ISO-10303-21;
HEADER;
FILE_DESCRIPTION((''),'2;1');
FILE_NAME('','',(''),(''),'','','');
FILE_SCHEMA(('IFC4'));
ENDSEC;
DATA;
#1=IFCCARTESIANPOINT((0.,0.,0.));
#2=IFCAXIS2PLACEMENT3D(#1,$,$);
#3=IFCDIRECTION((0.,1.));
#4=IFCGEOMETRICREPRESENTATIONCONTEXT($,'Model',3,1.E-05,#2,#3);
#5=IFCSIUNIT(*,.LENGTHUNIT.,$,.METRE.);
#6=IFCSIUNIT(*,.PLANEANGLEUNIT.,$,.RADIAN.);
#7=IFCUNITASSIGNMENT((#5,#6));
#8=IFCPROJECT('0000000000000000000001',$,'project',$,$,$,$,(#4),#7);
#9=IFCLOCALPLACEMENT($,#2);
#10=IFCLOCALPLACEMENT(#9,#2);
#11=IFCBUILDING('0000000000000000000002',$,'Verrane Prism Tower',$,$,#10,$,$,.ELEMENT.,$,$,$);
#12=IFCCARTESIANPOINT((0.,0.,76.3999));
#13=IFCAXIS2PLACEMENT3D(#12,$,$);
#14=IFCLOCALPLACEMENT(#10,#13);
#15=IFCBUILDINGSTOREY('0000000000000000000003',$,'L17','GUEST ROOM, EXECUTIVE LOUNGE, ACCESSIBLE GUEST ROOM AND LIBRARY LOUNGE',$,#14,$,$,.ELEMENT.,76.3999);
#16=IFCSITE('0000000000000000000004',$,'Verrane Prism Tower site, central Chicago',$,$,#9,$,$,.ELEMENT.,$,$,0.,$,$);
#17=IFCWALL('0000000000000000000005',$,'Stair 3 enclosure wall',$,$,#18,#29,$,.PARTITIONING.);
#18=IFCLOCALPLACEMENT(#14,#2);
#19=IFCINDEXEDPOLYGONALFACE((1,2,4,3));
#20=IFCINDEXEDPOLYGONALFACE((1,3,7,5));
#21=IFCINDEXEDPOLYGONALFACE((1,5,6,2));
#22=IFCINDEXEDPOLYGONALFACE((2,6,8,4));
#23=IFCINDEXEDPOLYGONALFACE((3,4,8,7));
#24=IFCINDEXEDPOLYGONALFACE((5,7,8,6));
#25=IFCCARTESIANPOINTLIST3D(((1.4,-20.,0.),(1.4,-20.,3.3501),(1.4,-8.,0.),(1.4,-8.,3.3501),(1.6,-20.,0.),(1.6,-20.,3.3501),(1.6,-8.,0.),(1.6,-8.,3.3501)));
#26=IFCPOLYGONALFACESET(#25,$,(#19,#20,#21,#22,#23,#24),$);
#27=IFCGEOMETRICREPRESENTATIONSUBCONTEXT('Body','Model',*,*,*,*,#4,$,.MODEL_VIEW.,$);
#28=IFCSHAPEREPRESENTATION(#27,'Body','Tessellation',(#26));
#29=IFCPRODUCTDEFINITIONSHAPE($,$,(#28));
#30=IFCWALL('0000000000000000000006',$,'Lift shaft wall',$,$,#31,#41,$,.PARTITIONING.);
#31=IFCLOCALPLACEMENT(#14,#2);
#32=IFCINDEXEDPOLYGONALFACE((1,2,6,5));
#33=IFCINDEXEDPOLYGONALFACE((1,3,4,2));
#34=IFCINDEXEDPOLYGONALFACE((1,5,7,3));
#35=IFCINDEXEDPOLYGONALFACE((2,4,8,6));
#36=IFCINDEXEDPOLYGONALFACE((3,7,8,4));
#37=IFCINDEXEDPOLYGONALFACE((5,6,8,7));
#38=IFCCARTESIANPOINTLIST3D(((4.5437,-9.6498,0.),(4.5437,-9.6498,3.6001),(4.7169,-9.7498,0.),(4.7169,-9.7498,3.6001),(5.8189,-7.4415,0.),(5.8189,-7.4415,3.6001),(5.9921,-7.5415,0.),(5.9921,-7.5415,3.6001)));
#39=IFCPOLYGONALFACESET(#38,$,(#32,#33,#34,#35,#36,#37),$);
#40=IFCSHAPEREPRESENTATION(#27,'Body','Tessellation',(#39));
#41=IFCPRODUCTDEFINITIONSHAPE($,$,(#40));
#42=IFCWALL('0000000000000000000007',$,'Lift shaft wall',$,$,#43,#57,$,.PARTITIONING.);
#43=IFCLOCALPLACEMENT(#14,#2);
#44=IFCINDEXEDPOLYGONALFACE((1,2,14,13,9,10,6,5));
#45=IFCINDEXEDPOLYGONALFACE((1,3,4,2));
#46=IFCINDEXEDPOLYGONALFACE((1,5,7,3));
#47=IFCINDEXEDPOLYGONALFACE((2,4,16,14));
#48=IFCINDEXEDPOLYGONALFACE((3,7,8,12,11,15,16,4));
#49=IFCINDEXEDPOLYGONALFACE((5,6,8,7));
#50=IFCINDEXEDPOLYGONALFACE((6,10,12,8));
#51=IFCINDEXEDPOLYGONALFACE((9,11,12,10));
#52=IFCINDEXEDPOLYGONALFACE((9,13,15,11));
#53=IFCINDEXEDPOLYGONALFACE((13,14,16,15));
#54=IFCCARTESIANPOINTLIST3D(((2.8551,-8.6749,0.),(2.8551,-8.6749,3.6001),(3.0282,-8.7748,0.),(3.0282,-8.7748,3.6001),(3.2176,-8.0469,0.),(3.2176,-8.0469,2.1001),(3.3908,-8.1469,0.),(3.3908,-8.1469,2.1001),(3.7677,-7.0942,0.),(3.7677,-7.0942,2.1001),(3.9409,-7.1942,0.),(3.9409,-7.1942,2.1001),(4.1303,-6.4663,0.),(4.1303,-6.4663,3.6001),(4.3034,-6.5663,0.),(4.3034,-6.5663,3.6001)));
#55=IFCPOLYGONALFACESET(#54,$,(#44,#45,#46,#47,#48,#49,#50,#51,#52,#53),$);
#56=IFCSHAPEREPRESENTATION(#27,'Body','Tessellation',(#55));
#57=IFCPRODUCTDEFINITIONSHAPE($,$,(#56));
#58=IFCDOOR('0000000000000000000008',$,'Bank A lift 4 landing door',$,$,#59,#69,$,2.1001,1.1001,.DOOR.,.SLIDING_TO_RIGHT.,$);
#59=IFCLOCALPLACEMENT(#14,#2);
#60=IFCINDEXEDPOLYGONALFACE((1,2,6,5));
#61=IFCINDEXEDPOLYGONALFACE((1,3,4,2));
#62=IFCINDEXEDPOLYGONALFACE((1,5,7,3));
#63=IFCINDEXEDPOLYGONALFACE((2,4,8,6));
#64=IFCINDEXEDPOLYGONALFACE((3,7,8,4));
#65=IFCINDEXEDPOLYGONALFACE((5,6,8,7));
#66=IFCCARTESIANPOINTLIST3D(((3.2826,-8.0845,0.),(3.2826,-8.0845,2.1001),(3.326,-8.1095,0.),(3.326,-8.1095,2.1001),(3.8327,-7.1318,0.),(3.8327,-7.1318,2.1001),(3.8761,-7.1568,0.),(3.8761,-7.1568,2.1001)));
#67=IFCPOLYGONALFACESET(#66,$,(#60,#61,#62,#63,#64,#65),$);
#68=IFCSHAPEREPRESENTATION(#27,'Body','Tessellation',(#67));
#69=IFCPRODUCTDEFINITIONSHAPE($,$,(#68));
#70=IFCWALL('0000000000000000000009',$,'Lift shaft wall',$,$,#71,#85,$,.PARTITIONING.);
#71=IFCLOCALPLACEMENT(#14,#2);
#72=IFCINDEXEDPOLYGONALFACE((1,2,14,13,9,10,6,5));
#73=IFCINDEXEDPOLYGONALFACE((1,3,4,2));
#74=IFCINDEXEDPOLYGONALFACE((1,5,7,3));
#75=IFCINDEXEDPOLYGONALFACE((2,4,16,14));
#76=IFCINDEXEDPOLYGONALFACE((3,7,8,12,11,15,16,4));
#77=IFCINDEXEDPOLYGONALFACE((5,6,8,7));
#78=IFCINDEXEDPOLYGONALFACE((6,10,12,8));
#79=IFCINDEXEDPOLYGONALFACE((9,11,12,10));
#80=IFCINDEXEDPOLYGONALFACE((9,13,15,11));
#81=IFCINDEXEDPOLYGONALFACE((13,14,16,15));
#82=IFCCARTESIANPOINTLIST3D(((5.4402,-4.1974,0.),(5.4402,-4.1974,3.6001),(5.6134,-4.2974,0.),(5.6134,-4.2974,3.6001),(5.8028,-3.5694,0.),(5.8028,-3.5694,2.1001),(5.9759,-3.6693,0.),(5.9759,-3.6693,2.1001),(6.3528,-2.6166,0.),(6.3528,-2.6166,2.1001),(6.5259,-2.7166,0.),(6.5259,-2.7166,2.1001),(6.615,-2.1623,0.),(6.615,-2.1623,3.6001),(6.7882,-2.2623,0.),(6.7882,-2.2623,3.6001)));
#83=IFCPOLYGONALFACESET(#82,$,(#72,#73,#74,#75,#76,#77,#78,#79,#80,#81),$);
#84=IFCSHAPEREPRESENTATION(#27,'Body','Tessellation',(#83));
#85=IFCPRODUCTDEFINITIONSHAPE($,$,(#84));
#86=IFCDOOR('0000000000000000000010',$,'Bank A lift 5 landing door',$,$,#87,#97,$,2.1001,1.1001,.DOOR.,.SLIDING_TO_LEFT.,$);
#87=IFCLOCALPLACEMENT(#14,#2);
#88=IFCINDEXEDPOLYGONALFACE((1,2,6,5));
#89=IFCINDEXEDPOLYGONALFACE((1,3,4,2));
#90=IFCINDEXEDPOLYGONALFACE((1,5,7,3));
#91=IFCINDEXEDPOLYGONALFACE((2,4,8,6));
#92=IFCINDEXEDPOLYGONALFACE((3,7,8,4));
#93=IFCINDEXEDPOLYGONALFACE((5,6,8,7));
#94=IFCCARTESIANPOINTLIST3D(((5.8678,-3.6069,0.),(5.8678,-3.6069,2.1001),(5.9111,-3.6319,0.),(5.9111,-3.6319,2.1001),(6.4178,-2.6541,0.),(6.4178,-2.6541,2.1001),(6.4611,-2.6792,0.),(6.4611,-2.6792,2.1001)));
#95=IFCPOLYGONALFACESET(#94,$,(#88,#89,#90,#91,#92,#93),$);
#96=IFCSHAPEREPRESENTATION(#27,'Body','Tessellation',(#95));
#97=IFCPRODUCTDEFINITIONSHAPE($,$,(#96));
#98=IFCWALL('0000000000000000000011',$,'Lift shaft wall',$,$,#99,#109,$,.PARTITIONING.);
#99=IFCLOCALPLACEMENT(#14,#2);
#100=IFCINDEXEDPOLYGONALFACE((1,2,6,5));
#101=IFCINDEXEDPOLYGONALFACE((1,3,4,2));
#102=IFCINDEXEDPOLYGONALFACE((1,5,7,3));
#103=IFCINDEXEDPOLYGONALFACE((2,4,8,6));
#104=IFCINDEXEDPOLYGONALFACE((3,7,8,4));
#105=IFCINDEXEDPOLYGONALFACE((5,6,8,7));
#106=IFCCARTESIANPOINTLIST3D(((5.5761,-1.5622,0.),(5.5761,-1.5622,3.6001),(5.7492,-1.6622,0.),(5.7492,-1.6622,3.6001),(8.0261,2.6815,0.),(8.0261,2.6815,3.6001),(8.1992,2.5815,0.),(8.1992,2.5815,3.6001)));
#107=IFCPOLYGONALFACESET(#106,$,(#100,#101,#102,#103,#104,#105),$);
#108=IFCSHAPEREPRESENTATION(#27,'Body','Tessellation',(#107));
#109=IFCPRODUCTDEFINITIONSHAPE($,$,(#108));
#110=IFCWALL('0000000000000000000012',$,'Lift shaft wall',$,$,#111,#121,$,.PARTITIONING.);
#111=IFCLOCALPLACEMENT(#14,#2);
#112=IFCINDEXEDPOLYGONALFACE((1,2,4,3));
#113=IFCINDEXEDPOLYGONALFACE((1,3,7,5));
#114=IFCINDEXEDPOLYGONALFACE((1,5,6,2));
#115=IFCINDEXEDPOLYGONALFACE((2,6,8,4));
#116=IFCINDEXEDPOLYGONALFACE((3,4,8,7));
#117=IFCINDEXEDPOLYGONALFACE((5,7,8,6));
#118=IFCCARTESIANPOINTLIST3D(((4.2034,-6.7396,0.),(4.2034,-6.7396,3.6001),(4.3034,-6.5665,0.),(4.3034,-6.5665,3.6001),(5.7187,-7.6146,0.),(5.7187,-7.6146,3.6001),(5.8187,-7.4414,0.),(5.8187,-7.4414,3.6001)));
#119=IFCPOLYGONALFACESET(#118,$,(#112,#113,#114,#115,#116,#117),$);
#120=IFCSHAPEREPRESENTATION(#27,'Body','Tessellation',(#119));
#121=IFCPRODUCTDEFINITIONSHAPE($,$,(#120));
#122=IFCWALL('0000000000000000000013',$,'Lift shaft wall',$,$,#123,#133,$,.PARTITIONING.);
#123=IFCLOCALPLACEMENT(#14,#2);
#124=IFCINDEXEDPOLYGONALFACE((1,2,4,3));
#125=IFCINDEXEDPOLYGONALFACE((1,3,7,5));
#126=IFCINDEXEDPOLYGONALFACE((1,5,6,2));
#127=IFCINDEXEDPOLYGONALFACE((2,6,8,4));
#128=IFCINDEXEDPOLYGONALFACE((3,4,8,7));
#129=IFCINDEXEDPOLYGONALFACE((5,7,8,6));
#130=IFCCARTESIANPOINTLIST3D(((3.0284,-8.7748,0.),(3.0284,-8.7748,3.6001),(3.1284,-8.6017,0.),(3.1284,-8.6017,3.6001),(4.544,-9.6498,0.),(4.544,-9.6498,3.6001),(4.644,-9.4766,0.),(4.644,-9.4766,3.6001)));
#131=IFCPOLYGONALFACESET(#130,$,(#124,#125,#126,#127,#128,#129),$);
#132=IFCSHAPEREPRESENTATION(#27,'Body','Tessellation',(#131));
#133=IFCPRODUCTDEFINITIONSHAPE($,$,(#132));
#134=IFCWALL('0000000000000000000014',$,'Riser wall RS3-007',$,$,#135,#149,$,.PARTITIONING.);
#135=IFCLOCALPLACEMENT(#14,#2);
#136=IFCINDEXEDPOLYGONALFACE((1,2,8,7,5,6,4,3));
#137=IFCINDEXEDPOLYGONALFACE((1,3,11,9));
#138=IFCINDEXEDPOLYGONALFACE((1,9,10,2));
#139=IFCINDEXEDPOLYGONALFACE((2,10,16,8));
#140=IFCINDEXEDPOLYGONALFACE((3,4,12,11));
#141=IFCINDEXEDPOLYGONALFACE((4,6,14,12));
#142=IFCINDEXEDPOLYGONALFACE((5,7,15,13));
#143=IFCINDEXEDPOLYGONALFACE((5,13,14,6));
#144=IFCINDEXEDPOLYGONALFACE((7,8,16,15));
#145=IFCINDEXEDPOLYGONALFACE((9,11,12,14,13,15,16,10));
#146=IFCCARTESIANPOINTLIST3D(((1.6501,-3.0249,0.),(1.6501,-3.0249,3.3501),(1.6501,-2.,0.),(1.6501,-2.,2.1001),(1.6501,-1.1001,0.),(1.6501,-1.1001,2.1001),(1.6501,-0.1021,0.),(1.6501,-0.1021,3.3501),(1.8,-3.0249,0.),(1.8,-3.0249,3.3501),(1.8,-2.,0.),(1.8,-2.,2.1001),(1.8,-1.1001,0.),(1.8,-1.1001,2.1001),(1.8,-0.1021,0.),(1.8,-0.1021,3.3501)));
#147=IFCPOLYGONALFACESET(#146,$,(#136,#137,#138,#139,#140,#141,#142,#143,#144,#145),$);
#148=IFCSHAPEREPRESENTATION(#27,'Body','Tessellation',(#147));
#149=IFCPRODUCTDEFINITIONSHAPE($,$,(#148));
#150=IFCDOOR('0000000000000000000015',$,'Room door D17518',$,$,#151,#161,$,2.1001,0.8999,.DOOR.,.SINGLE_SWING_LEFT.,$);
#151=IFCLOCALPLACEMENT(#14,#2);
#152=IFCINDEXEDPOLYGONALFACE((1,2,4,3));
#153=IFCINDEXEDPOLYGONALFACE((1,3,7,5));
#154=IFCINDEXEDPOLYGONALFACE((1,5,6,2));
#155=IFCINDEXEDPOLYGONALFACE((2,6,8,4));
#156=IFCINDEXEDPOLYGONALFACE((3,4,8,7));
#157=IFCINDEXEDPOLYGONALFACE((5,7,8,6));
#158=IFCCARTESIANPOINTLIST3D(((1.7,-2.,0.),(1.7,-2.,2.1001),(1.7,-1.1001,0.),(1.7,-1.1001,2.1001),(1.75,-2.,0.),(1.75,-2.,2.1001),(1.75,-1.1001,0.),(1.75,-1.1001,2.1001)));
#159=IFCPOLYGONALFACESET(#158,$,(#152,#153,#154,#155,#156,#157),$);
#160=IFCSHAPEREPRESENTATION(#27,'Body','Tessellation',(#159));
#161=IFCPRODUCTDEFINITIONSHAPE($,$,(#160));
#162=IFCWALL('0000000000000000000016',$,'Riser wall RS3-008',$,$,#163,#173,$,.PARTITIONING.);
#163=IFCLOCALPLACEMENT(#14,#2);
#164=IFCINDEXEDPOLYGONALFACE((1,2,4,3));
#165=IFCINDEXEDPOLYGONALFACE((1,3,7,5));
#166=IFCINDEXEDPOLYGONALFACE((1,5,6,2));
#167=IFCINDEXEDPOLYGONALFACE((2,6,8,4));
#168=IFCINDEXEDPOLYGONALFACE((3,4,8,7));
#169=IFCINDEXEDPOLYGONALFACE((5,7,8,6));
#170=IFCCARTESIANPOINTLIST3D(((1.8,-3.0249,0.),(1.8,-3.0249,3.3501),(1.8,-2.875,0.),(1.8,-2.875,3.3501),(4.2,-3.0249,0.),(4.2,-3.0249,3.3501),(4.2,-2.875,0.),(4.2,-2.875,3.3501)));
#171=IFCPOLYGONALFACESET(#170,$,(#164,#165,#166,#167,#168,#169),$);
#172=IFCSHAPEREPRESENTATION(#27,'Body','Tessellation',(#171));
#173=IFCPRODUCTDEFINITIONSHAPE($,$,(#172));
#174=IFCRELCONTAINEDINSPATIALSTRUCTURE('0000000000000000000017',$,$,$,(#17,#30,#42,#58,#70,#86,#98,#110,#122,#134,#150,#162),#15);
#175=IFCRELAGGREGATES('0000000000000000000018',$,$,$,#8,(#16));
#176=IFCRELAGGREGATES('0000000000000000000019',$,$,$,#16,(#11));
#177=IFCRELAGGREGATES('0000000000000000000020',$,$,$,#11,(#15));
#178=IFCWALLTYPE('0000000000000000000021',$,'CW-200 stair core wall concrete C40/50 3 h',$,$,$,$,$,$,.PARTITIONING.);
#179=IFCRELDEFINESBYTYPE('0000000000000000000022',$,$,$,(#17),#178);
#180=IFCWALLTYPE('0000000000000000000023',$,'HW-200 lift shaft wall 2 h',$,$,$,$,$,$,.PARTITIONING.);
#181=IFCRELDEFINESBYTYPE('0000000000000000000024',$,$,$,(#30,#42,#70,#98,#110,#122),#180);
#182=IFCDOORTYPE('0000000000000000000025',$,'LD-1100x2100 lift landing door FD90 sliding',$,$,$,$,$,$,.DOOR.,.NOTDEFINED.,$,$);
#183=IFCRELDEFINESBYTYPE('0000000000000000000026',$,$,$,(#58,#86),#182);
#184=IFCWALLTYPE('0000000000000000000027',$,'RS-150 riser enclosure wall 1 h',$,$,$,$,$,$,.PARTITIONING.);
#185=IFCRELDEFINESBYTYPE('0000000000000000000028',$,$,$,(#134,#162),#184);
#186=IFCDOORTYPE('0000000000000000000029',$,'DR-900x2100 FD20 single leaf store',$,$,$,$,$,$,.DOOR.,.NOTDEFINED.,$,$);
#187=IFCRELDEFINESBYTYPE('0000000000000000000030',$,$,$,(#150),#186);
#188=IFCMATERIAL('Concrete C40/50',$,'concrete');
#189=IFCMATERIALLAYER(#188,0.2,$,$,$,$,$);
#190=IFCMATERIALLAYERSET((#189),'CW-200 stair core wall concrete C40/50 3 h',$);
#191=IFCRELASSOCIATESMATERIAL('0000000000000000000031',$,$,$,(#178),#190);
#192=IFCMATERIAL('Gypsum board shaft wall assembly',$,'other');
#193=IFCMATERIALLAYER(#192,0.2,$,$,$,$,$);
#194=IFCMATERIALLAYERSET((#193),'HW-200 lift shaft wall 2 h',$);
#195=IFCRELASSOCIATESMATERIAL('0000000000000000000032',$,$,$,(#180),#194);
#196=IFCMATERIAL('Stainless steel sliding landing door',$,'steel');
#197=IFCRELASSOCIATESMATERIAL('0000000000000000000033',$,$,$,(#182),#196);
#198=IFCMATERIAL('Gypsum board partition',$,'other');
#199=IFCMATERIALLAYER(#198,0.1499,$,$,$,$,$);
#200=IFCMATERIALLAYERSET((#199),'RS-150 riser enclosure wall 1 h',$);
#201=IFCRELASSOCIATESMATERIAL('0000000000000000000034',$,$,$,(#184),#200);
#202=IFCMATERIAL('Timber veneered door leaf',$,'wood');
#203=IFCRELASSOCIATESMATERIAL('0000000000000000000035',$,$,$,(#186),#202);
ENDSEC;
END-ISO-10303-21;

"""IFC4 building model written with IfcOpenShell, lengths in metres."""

from ifc_helpers import new_model, si_unit, direction, frame, frame_2d, origin, place, context, subcontext, project, spatial, rectangle, extrude, material, layer, layer_set, type_object, element, fill, save


model = new_model("IFC4")

# Units and contexts
model_context = context("Model", 3, precision=1e-05, world=origin(), true_north=direction((0.0, 1.0)))
body_context = subcontext(model_context, "Body", "Model", "MODEL_VIEW")
ifc_project = project(units=[si_unit("LENGTHUNIT", "METRE"), si_unit("PLANEANGLEUNIT", "RADIAN")], contexts=[model_context])

# Site, building, storey
site_placement = place(None, origin())
site = spatial("IfcSite", under=ifc_project, at=site_placement, Name="Verrane Prism Tower site, central Chicago", CompositionType="ELEMENT", RefElevation=0.0)
building_placement = place(site_placement, origin())
building = spatial("IfcBuilding", under=site, at=building_placement, Name="Verrane Prism Tower", CompositionType="ELEMENT")
storey_placement = place(building_placement, frame((0.0, 0.0, 76.3999)))
storey = spatial("IfcBuildingStorey", under=building, at=storey_placement, Name="L17", Description="GUEST ROOM, EXECUTIVE LOUNGE, ACCESSIBLE GUEST ROOM AND LIBRARY LOUNGE", CompositionType="ELEMENT", Elevation=76.3999)

# Walls
ifc_material_1 = material(Name="Concrete C40/50", Category="concrete")
ifc_layer_1 = layer(ifc_material_1, 0.2)
ifc_layer_set_1 = layer_set([ifc_layer_1], Name="CW-200 stair core wall concrete C40/50 3 h")
wall_type_1 = type_object("IfcWallType", Name="CW-200 stair core wall concrete C40/50 3 h", PredefinedType="PARTITIONING", material=ifc_layer_set_1)
wall_1_placement = place(storey_placement, frame((1.5, -8.0, 0.0), z_axis=(0.0, 0.0, 1.0), x_axis=(0.0, -1.0, 0.0)))
element("IfcWall", 1, at=wall_1_placement, inside=storey, type_object=wall_type_1, Name="Stair 3 enclosure wall", PredefinedType="PARTITIONING", context=body_context, shape_type="SweptSolid", body=[
    extrude(rectangle(XDim=12.0, YDim=0.2, at=frame_2d((6.0, 0.0))), origin(), (0.0, 0.0, 1.0), 3.3501),
])
ifc_material_2 = material(Name="Gypsum board shaft wall assembly", Category="other")
ifc_layer_2 = layer(ifc_material_2, 0.2)
ifc_layer_set_2 = layer_set([ifc_layer_2], Name="HW-200 lift shaft wall 2 h")
wall_type_2 = type_object("IfcWallType", Name="HW-200 lift shaft wall 2 h", PredefinedType="PARTITIONING", material=ifc_layer_set_2)
wall_2_placement = place(storey_placement, frame((4.6304, -9.6997, 0.0), z_axis=(0.0, 0.0, 1.0), x_axis=(0.500062, 0.865989, 0.0)))
element("IfcWall", 2, at=wall_2_placement, inside=storey, type_object=wall_type_2, Name="Lift shaft wall", PredefinedType="PARTITIONING", context=body_context, shape_type="SweptSolid", body=[
    extrude(rectangle(XDim=2.55, YDim=0.2, at=frame_2d((1.2749, 0.0))), origin(), (0.0, 0.0, 1.0), 3.6001),
])

# Walls, openings, doors
wall_3_placement = place(storey_placement, frame((2.9417, -8.7249, 0.0), z_axis=(0.0, 0.0, 1.0), x_axis=(0.500021, 0.866013, 0.0)))
wall_3 = element("IfcWall", 3, at=wall_3_placement, inside=storey, type_object=wall_type_2, Name="Lift shaft wall", PredefinedType="PARTITIONING", context=body_context, shape_type="SweptSolid", body=[
    extrude(rectangle(XDim=2.5503, YDim=0.2, at=frame_2d((1.2751, 0.0))), origin(), (0.0, 0.0, 1.0), 3.6001),
])
opening_1_placement = place(wall_3_placement, frame((0.7251, 0.0, 0.0)))
opening_1 = element("IfcOpeningElement", 4, at=opening_1_placement, cuts=wall_3, PredefinedType="OPENING", context=body_context, shape_type="SweptSolid", body=[
    extrude(rectangle(XDim=1.1001, YDim=2.1001, at=frame_2d((0.55, 1.05))), frame((0.0, 0.1099, 0.0), z_axis=(0.0, -1.0, 0.0), x_axis=(1.0, 0.0, 0.0)), (0.0, 0.0, 1.0), 0.22),
])
ifc_material_3 = material(Name="Stainless steel sliding landing door", Category="steel")
door_type_1 = type_object("IfcDoorType", Name="LD-1100x2100 lift landing door FD90 sliding", OperationType="NOTDEFINED", PredefinedType="DOOR", material=ifc_material_3)
door_1_placement = place(opening_1_placement, origin())
door_1 = element("IfcDoor", 5, at=door_1_placement, inside=storey, type_object=door_type_1, Name="Bank A lift 4 landing door", OperationType="SLIDING_TO_RIGHT", OverallHeight=2.1001, OverallWidth=1.1001, PredefinedType="DOOR", context=body_context, shape_type="SweptSolid", body=[
    extrude(rectangle(XDim=1.1001, YDim=2.1001, at=frame_2d((0.55, 1.05))), frame((0.0, 0.0249, 0.0), z_axis=(0.0, -1.0, 0.0), x_axis=(1.0, 0.0, 0.0)), (0.0, 0.0, 1.0), 0.05),
])
fill(opening_1, door_1)
wall_4_placement = place(storey_placement, frame((5.5269, -4.2473, 0.0), z_axis=(0.0, 0.0, 1.0), x_axis=(0.499938, 0.866061, 0.0)))
wall_4 = element("IfcWall", 6, at=wall_4_placement, inside=storey, type_object=wall_type_2, Name="Lift shaft wall", PredefinedType="PARTITIONING", context=body_context, shape_type="SweptSolid", body=[
    extrude(rectangle(XDim=2.3499, YDim=0.2, at=frame_2d((1.1748, 0.0))), origin(), (0.0, 0.0, 1.0), 3.6001),
])
opening_2_placement = place(wall_4_placement, frame((0.7251, 0.0, 0.0)))
opening_2 = element("IfcOpeningElement", 7, at=opening_2_placement, cuts=wall_4, PredefinedType="OPENING", context=body_context, shape_type="SweptSolid", body=[
    extrude(rectangle(XDim=1.1001, YDim=2.1001, at=frame_2d((0.55, 1.05))), frame((0.0, 0.1099, 0.0), z_axis=(0.0, -1.0, 0.0), x_axis=(1.0, 0.0, 0.0)), (0.0, 0.0, 1.0), 0.22),
])
door_2_placement = place(opening_2_placement, origin())
door_2 = element("IfcDoor", 8, at=door_2_placement, inside=storey, type_object=door_type_1, Name="Bank A lift 5 landing door", OperationType="SLIDING_TO_LEFT", OverallHeight=2.1001, OverallWidth=1.1001, PredefinedType="DOOR", context=body_context, shape_type="SweptSolid", body=[
    extrude(rectangle(XDim=1.1001, YDim=2.1001, at=frame_2d((0.55, 1.05))), frame((0.0, 0.0249, 0.0), z_axis=(0.0, -1.0, 0.0), x_axis=(1.0, 0.0, 0.0)), (0.0, 0.0, 1.0), 0.05),
])
fill(opening_2, door_2)

# Walls
wall_5_placement = place(storey_placement, frame((5.6626, -1.6123, 0.0), z_axis=(0.0, 0.0, 1.0), x_axis=(0.499981, 0.866036, 0.0)))
element("IfcWall", 9, at=wall_5_placement, inside=storey, type_object=wall_type_2, Name="Lift shaft wall", PredefinedType="PARTITIONING", context=body_context, shape_type="SweptSolid", body=[
    extrude(rectangle(XDim=4.9001, YDim=0.2, at=frame_2d((2.4502, 0.0))), origin(), (0.0, 0.0, 1.0), 3.6001),
])
wall_6_placement = place(storey_placement, frame((5.7688, -7.5281, 0.0), z_axis=(0.0, 0.0, 1.0), x_axis=(-0.866002, 0.50004, 0.0)))
element("IfcWall", 10, at=wall_6_placement, inside=storey, type_object=wall_type_2, Name="Lift shaft wall", PredefinedType="PARTITIONING", context=body_context, shape_type="SweptSolid", body=[
    extrude(rectangle(XDim=1.7498, YDim=0.2, at=frame_2d((0.875, 0.0))), origin(), (0.0, 0.0, 1.0), 3.6001),
])
wall_7_placement = place(storey_placement, frame((4.594, -9.5632, 0.0), z_axis=(0.0, 0.0, 1.0), x_axis=(-0.866037, 0.49998, 0.0)))
element("IfcWall", 11, at=wall_7_placement, inside=storey, type_object=wall_type_2, Name="Lift shaft wall", PredefinedType="PARTITIONING", context=body_context, shape_type="SweptSolid", body=[
    extrude(rectangle(XDim=1.75, YDim=0.2, at=frame_2d((0.875, 0.0))), origin(), (0.0, 0.0, 1.0), 3.6001),
])

# Wall, opening, door
ifc_material_4 = material(Name="Gypsum board partition", Category="other")
ifc_layer_3 = layer(ifc_material_4, 0.1499)
ifc_layer_set_3 = layer_set([ifc_layer_3], Name="RS-150 riser enclosure wall 1 h")
wall_type_3 = type_object("IfcWallType", Name="RS-150 riser enclosure wall 1 h", PredefinedType="PARTITIONING", material=ifc_layer_set_3)
wall_8_placement = place(storey_placement, frame((1.7251, -0.1021, 0.0), z_axis=(0.0, 0.0, 1.0), x_axis=(0.0, -1.0, 0.0)))
wall_8 = element("IfcWall", 12, at=wall_8_placement, inside=storey, type_object=wall_type_3, Name="Riser wall RS3-007", PredefinedType="PARTITIONING", context=body_context, shape_type="SweptSolid", body=[
    extrude(rectangle(XDim=2.9229, YDim=0.1499, at=frame_2d((1.4614, 0.0))), origin(), (0.0, 0.0, 1.0), 3.3501),
])
opening_3_placement = place(wall_8_placement, frame((0.998, 0.0, 0.0)))
opening_3 = element("IfcOpeningElement", 13, at=opening_3_placement, cuts=wall_8, PredefinedType="OPENING", context=body_context, shape_type="SweptSolid", body=[
    extrude(rectangle(XDim=0.8999, YDim=2.1001, at=frame_2d((0.45, 1.05))), frame((0.0, 0.085, 0.0), z_axis=(0.0, -1.0, 0.0), x_axis=(1.0, 0.0, 0.0)), (0.0, 0.0, 1.0), 0.1699),
])
ifc_material_5 = material(Name="Timber veneered door leaf", Category="wood")
door_type_2 = type_object("IfcDoorType", Name="DR-900x2100 FD20 single leaf store", OperationType="NOTDEFINED", PredefinedType="DOOR", material=ifc_material_5)
door_3_placement = place(opening_3_placement, origin())
door_3 = element("IfcDoor", 14, at=door_3_placement, inside=storey, type_object=door_type_2, Name="Room door D17518", OperationType="SINGLE_SWING_LEFT", OverallHeight=2.1001, OverallWidth=0.8999, PredefinedType="DOOR", context=body_context, shape_type="SweptSolid", body=[
    extrude(rectangle(XDim=0.8999, YDim=2.1001, at=frame_2d((0.45, 1.05))), frame((0.0, 0.0249, 0.0), z_axis=(0.0, -1.0, 0.0), x_axis=(1.0, 0.0, 0.0)), (0.0, 0.0, 1.0), 0.05),
])
fill(opening_3, door_3)

# Wall
wall_9_placement = place(storey_placement, frame((1.8, -2.95, 0.0), z_axis=(0.0, 0.0, 1.0), x_axis=(1.0, 0.0, 0.0)))
element("IfcWall", 15, at=wall_9_placement, inside=storey, type_object=wall_type_3, Name="Riser wall RS3-008", PredefinedType="PARTITIONING", context=body_context, shape_type="SweptSolid", body=[
    extrude(rectangle(XDim=2.3999, YDim=0.1499, at=frame_2d((1.2, 0.0))), origin(), (0.0, 0.0, 1.0), 3.3501),
])

save(model, "model.ifc")
